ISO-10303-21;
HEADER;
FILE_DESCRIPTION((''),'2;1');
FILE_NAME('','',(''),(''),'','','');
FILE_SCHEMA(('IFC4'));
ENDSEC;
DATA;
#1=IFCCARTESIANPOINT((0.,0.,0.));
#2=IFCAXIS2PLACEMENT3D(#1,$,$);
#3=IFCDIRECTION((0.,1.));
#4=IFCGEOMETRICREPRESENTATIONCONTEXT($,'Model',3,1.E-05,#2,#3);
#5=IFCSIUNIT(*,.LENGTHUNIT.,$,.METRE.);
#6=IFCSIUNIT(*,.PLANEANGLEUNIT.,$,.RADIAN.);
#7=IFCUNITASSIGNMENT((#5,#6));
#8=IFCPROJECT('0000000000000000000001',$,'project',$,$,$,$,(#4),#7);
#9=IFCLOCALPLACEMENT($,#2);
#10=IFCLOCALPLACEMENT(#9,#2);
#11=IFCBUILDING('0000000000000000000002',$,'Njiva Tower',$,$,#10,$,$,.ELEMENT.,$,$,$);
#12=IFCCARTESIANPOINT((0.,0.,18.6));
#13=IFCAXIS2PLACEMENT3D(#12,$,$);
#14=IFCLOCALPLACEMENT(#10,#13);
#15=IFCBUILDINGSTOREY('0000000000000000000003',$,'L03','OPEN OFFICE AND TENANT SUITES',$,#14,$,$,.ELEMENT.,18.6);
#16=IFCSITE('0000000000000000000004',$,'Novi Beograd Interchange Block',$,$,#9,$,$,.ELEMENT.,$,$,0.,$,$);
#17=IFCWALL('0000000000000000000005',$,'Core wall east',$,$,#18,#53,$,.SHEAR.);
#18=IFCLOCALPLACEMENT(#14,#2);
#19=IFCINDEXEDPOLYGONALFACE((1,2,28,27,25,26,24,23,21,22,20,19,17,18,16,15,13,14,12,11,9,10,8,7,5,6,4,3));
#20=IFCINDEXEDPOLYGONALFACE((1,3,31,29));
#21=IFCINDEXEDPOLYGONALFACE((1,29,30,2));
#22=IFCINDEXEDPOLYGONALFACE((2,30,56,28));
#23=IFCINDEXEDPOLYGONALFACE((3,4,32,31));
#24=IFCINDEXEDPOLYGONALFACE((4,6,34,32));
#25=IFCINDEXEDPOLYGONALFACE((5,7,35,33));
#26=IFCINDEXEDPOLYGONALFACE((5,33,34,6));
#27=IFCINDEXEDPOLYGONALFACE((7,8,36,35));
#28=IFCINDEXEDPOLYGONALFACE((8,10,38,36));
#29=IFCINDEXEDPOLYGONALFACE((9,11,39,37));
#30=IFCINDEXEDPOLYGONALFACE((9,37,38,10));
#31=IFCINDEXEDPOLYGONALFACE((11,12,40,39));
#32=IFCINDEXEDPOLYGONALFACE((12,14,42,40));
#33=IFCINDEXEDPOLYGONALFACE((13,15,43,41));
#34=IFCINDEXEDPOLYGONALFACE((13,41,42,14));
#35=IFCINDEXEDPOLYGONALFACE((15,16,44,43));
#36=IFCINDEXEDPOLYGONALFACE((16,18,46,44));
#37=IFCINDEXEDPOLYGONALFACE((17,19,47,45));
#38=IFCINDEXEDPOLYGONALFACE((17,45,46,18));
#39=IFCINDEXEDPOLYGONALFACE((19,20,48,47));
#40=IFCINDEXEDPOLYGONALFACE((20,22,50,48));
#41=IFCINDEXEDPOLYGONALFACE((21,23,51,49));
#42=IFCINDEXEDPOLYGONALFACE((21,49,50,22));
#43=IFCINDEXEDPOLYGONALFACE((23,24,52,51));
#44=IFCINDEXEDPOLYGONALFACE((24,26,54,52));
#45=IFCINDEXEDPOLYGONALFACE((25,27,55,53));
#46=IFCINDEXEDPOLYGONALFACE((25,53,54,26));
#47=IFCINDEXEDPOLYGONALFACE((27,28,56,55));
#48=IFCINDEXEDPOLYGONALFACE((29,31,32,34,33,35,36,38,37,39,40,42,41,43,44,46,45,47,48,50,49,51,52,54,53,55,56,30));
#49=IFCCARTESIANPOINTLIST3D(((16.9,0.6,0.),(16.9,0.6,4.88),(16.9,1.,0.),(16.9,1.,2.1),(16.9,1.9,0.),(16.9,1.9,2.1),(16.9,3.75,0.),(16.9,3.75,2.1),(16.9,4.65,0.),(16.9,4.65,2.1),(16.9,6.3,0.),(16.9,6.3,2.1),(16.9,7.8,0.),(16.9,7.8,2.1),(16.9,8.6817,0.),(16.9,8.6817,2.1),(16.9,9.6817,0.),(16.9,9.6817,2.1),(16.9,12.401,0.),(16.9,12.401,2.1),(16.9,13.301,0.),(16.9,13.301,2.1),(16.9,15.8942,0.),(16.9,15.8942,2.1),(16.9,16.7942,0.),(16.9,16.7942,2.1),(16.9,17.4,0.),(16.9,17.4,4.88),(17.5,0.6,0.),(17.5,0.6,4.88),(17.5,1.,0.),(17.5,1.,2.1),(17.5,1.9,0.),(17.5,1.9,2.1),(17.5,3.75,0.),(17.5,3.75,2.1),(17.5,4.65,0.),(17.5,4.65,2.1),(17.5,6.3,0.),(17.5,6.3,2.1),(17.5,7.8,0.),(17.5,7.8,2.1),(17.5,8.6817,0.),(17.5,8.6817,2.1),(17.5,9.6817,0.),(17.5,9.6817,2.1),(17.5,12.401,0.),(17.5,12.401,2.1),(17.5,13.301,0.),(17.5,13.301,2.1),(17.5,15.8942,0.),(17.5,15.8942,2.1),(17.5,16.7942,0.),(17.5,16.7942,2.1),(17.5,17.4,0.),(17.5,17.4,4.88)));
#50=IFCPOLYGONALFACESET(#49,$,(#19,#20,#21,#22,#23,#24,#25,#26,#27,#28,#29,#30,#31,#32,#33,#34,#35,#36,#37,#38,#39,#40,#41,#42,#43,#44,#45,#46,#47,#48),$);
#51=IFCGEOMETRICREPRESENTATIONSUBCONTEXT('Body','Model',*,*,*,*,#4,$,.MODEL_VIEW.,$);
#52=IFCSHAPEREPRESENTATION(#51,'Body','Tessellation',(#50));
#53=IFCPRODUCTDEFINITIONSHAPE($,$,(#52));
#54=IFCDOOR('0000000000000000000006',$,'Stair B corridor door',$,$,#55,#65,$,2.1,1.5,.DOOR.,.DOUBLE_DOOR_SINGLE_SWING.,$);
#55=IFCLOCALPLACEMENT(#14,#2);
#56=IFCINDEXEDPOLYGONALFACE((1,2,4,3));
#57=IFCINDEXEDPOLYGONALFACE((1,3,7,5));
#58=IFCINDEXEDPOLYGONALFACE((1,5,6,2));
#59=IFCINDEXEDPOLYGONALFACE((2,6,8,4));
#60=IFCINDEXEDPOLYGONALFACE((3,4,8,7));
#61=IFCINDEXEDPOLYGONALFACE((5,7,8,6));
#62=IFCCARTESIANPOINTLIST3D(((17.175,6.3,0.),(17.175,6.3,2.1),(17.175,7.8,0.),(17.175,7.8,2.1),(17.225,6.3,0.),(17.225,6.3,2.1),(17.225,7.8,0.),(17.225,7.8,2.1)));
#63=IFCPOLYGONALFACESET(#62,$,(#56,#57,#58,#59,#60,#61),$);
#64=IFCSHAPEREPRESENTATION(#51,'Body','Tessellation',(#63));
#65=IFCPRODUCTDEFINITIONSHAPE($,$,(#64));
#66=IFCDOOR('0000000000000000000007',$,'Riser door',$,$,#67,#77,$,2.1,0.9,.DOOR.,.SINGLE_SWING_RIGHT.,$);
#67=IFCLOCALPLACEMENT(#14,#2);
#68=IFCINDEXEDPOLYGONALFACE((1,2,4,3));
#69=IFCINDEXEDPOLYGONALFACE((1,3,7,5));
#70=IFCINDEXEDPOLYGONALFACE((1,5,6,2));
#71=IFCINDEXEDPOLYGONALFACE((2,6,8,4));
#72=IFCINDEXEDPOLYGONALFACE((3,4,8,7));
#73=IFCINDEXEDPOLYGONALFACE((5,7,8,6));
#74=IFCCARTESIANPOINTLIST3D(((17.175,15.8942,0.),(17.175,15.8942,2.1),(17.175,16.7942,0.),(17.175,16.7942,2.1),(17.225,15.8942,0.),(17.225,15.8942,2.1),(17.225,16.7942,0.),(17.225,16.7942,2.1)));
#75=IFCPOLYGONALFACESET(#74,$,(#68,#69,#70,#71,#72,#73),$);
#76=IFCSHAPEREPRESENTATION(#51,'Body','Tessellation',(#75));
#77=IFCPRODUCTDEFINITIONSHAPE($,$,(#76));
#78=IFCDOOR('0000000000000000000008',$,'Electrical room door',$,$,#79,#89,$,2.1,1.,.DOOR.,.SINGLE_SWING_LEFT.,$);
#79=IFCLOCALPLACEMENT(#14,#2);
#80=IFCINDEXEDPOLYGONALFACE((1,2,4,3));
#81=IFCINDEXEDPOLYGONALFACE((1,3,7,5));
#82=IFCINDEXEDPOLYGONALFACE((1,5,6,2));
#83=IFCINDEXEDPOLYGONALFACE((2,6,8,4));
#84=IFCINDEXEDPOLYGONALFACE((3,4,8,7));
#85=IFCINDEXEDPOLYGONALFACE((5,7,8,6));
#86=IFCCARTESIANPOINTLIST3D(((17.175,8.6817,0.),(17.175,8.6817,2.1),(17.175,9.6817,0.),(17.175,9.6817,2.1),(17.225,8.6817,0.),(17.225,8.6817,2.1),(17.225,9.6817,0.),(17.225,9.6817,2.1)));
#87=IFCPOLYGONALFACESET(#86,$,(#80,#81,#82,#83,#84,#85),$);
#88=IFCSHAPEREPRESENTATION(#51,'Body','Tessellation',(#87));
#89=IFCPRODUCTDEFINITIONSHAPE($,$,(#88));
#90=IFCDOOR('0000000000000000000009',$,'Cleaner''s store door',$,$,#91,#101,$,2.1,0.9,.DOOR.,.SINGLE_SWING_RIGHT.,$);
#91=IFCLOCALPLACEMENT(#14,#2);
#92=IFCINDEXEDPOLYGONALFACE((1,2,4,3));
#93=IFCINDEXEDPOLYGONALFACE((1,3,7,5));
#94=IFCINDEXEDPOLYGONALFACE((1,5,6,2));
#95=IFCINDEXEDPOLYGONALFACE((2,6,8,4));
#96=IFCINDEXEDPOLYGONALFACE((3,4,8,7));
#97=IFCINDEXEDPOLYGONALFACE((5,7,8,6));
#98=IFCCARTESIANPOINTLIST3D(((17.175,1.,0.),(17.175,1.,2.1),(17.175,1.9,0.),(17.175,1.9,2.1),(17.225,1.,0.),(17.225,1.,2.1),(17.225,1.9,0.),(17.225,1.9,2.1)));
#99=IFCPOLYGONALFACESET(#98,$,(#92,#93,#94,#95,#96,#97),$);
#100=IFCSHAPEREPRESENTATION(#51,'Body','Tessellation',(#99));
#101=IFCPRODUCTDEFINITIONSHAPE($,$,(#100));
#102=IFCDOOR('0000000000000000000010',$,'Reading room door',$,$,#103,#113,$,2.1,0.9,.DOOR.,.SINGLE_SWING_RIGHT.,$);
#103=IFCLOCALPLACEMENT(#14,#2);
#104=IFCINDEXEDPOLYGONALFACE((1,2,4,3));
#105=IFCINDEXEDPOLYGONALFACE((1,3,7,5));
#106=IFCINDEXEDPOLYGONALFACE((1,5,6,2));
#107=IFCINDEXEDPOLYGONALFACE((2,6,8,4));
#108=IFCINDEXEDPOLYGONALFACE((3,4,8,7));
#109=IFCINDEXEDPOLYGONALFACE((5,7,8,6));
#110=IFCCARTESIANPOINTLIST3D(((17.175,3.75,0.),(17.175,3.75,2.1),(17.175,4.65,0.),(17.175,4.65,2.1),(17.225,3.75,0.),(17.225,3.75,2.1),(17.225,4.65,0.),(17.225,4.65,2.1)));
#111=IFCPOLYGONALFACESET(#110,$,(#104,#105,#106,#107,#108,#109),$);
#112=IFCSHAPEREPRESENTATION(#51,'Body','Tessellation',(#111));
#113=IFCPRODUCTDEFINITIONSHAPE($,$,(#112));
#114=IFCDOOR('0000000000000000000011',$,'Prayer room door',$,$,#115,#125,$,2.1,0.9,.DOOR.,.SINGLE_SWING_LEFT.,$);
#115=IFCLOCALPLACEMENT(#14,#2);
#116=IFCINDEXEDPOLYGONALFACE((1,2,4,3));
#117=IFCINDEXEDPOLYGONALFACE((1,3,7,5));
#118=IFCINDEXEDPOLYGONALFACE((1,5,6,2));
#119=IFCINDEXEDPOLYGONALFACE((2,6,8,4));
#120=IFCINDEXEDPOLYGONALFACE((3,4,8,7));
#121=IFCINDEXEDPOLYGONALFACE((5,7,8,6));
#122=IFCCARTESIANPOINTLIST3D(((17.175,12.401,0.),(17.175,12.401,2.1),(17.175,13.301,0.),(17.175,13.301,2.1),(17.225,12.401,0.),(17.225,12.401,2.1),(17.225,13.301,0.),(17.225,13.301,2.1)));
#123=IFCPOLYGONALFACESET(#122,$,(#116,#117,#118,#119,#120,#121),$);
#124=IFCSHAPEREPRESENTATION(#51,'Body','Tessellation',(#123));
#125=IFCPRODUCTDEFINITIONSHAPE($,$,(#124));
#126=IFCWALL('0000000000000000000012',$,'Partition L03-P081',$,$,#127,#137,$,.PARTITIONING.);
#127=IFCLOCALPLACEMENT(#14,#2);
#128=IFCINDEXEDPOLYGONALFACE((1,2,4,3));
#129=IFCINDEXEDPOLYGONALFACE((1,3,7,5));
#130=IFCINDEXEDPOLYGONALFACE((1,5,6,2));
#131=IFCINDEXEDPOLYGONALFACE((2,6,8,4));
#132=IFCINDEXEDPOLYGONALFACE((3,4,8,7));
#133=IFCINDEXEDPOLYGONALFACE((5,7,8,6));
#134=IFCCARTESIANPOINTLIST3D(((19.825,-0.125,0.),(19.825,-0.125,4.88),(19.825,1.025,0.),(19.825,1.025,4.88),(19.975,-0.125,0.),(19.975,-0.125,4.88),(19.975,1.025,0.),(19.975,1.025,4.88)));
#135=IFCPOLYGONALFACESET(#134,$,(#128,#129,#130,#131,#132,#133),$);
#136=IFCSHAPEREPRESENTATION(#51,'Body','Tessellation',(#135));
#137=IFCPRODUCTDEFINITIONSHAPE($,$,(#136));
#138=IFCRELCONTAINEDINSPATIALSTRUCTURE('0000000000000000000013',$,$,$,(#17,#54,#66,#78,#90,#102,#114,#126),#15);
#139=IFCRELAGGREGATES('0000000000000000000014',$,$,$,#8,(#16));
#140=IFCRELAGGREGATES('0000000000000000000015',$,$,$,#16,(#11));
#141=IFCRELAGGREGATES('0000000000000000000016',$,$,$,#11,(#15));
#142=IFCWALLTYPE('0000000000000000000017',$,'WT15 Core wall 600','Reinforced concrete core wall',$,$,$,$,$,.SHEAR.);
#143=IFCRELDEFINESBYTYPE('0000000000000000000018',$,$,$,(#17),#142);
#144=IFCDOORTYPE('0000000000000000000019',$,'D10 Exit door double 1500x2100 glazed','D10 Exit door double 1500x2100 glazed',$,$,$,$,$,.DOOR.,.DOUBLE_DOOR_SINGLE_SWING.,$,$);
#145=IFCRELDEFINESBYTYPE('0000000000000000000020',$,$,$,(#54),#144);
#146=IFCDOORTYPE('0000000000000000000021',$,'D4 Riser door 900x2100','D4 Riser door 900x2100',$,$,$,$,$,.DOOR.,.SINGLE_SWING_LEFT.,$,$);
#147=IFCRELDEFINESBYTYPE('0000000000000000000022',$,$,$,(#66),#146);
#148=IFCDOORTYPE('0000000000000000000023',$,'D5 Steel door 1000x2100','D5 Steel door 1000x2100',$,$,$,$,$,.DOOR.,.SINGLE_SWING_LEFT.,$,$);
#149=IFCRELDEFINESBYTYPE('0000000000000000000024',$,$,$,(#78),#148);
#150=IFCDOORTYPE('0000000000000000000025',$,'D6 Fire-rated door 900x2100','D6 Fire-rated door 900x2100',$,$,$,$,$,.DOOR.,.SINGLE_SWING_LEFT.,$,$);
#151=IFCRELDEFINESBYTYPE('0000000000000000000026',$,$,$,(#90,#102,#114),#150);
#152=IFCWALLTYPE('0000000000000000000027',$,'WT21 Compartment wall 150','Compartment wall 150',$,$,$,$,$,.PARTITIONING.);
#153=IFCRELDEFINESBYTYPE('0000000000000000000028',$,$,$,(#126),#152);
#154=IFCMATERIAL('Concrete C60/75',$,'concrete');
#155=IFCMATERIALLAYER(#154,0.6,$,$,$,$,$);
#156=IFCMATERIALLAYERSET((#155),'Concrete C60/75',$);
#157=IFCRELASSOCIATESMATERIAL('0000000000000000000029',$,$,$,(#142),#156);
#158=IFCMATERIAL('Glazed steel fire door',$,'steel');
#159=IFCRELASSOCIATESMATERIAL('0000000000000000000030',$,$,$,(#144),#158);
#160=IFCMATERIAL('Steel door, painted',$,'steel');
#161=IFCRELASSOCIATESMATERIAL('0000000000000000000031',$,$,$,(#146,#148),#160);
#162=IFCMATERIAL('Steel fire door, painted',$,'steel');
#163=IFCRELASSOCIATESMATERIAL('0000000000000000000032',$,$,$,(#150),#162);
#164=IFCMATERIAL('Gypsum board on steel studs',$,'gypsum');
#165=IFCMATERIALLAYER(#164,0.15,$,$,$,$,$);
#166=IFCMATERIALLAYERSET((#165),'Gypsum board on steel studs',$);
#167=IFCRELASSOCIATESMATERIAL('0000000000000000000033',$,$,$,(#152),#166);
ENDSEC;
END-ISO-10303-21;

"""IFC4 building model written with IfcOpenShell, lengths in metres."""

from ifc_helpers import new_model, si_unit, direction, frame, frame_2d, origin, place, context, subcontext, project, spatial, rectangle, extrude, material, layer, layer_set, type_object, element, fill, save


model = new_model("IFC4")

# Units and contexts
model_context = context("Model", 3, precision=1e-05, world=origin(), true_north=direction((0.0, 1.0)))
body_context = subcontext(model_context, "Body", "Model", "MODEL_VIEW")
ifc_project = project(units=[si_unit("LENGTHUNIT", "METRE"), si_unit("PLANEANGLEUNIT", "RADIAN")], contexts=[model_context])

# Site, building, storey
site_placement = place(None, origin())
site = spatial("IfcSite", under=ifc_project, at=site_placement, Name="Novi Beograd Interchange Block", CompositionType="ELEMENT", RefElevation=0.0)
building_placement = place(site_placement, origin())
building = spatial("IfcBuilding", under=site, at=building_placement, Name="Njiva Tower", CompositionType="ELEMENT")
storey_placement = place(building_placement, frame((0.0, 0.0, 18.6)))
storey = spatial("IfcBuildingStorey", under=building, at=storey_placement, Name="L03", Description="OPEN OFFICE AND TENANT SUITES", CompositionType="ELEMENT", Elevation=18.6)

# Wall, openings, doors
ifc_material_1 = material(Name="Concrete C60/75", Category="concrete")
ifc_layer_1 = layer(ifc_material_1, 0.6)
ifc_layer_set_1 = layer_set([ifc_layer_1], Name="Concrete C60/75")
wall_type_1 = type_object("IfcWallType", Name="WT15 Core wall 600", Description="Reinforced concrete core wall", PredefinedType="SHEAR", material=ifc_layer_set_1)
wall_1_placement = place(storey_placement, frame((17.2, 0.6, 0.0), z_axis=(0.0, 0.0, 1.0), x_axis=(0.0, 1.0, 0.0)))
wall_1 = element("IfcWall", 1, at=wall_1_placement, inside=storey, type_object=wall_type_1, Name="Core wall east", PredefinedType="SHEAR", context=body_context, shape_type="SweptSolid", body=[
    extrude(rectangle(XDim=16.8, YDim=0.6, at=frame_2d((8.4, 0.0))), origin(), (0.0, 0.0, 1.0), 4.88),
])
opening_1_placement = place(wall_1_placement, frame((5.7, 0.0, 0.0)))
opening_1 = element("IfcOpeningElement", 2, at=opening_1_placement, cuts=wall_1, PredefinedType="OPENING", context=body_context, shape_type="SweptSolid", body=[
    extrude(rectangle(XDim=1.5, YDim=2.1, at=frame_2d((0.75, 1.05))), frame((0.0, 0.31, 0.0), z_axis=(0.0, -1.0, 0.0), x_axis=(1.0, 0.0, 0.0)), (0.0, 0.0, 1.0), 0.62),
])
opening_2_placement = place(wall_1_placement, frame((0.4, 0.0, 0.0)))
opening_2 = element("IfcOpeningElement", 3, at=opening_2_placement, cuts=wall_1, PredefinedType="OPENING", context=body_context, shape_type="SweptSolid", body=[
    extrude(rectangle(XDim=0.9, YDim=2.1, at=frame_2d((0.45, 1.05))), frame((0.0, 0.31, 0.0), z_axis=(0.0, -1.0, 0.0), x_axis=(1.0, 0.0, 0.0)), (0.0, 0.0, 1.0), 0.62),
])
opening_3_placement = place(wall_1_placement, frame((3.15, 0.0, 0.0)))
opening_3 = element("IfcOpeningElement", 4, at=opening_3_placement, cuts=wall_1, PredefinedType="OPENING", context=body_context, shape_type="SweptSolid", body=[
    extrude(rectangle(XDim=0.9, YDim=2.1, at=frame_2d((0.45, 1.05))), frame((0.0, 0.31, 0.0), z_axis=(0.0, -1.0, 0.0), x_axis=(1.0, 0.0, 0.0)), (0.0, 0.0, 1.0), 0.62),
])
opening_4_placement = place(wall_1_placement, frame((8.0817, 0.0, 0.0)))
opening_4 = element("IfcOpeningElement", 5, at=opening_4_placement, cuts=wall_1, PredefinedType="OPENING", context=body_context, shape_type="SweptSolid", body=[
    extrude(rectangle(XDim=1.0, YDim=2.1, at=frame_2d((0.5, 1.05))), frame((0.0, 0.31, 0.0), z_axis=(0.0, -1.0, 0.0), x_axis=(1.0, 0.0, 0.0)), (0.0, 0.0, 1.0), 0.62),
])
opening_5_placement = place(wall_1_placement, frame((11.801, 0.0, 0.0)))
opening_5 = element("IfcOpeningElement", 6, at=opening_5_placement, cuts=wall_1, PredefinedType="OPENING", context=body_context, shape_type="SweptSolid", body=[
    extrude(rectangle(XDim=0.9, YDim=2.1, at=frame_2d((0.45, 1.05))), frame((0.0, 0.31, 0.0), z_axis=(0.0, -1.0, 0.0), x_axis=(1.0, 0.0, 0.0)), (0.0, 0.0, 1.0), 0.62),
])
opening_6_placement = place(wall_1_placement, frame((15.2942, 0.0, 0.0)))
opening_6 = element("IfcOpeningElement", 7, at=opening_6_placement, cuts=wall_1, PredefinedType="OPENING", context=body_context, shape_type="SweptSolid", body=[
    extrude(rectangle(XDim=0.9, YDim=2.1, at=frame_2d((0.45, 1.05))), frame((0.0, 0.31, 0.0), z_axis=(0.0, -1.0, 0.0), x_axis=(1.0, 0.0, 0.0)), (0.0, 0.0, 1.0), 0.62),
])
ifc_material_2 = material(Name="Glazed steel fire door", Category="steel")
door_type_1 = type_object("IfcDoorType", Name="D10 Exit door double 1500x2100 glazed", Description="D10 Exit door double 1500x2100 glazed", OperationType="DOUBLE_DOOR_SINGLE_SWING", PredefinedType="DOOR", material=ifc_material_2)
door_1_placement = place(opening_1_placement, origin())
door_1 = element("IfcDoor", 8, at=door_1_placement, inside=storey, type_object=door_type_1, Name="Stair B corridor door", OperationType="DOUBLE_DOOR_SINGLE_SWING", OverallHeight=2.1, OverallWidth=1.5, PredefinedType="DOOR", context=body_context, shape_type="SweptSolid", body=[
    extrude(rectangle(XDim=1.5, YDim=2.1, at=frame_2d((0.75, 1.05))), frame((0.0, 0.025, 0.0), z_axis=(0.0, -1.0, 0.0), x_axis=(1.0, 0.0, 0.0)), (0.0, 0.0, 1.0), 0.05),
])
fill(opening_1, door_1)
ifc_material_3 = material(Name="Steel door, painted", Category="steel")
door_type_2 = type_object("IfcDoorType", Name="D4 Riser door 900x2100", Description="D4 Riser door 900x2100", OperationType="SINGLE_SWING_LEFT", PredefinedType="DOOR", material=ifc_material_3)
door_2_placement = place(opening_6_placement, origin())
door_2 = element("IfcDoor", 9, at=door_2_placement, inside=storey, type_object=door_type_2, Name="Riser door", OperationType="SINGLE_SWING_RIGHT", OverallHeight=2.1, OverallWidth=0.9, PredefinedType="DOOR", context=body_context, shape_type="SweptSolid", body=[
    extrude(rectangle(XDim=0.9, YDim=2.1, at=frame_2d((0.45, 1.05))), frame((0.0, 0.025, 0.0), z_axis=(0.0, -1.0, 0.0), x_axis=(1.0, 0.0, 0.0)), (0.0, 0.0, 1.0), 0.05),
])
fill(opening_6, door_2)
door_type_3 = type_object("IfcDoorType", Name="D5 Steel door 1000x2100", Description="D5 Steel door 1000x2100", OperationType="SINGLE_SWING_LEFT", PredefinedType="DOOR", material=ifc_material_3)
door_3_placement = place(opening_4_placement, origin())
door_3 = element("IfcDoor", 10, at=door_3_placement, inside=storey, type_object=door_type_3, Name="Electrical room door", OperationType="SINGLE_SWING_LEFT", OverallHeight=2.1, OverallWidth=1.0, PredefinedType="DOOR", context=body_context, shape_type="SweptSolid", body=[
    extrude(rectangle(XDim=1.0, YDim=2.1, at=frame_2d((0.5, 1.05))), frame((0.0, 0.025, 0.0), z_axis=(0.0, -1.0, 0.0), x_axis=(1.0, 0.0, 0.0)), (0.0, 0.0, 1.0), 0.05),
])
fill(opening_4, door_3)
ifc_material_4 = material(Name="Steel fire door, painted", Category="steel")
door_type_4 = type_object("IfcDoorType", Name="D6 Fire-rated door 900x2100", Description="D6 Fire-rated door 900x2100", OperationType="SINGLE_SWING_LEFT", PredefinedType="DOOR", material=ifc_material_4)
door_4_placement = place(opening_2_placement, origin())
door_4 = element("IfcDoor", 11, at=door_4_placement, inside=storey, type_object=door_type_4, Name="Cleaner's store door", OperationType="SINGLE_SWING_RIGHT", OverallHeight=2.1, OverallWidth=0.9, PredefinedType="DOOR", context=body_context, shape_type="SweptSolid", body=[
    extrude(rectangle(XDim=0.9, YDim=2.1, at=frame_2d((0.45, 1.05))), frame((0.0, 0.025, 0.0), z_axis=(0.0, -1.0, 0.0), x_axis=(1.0, 0.0, 0.0)), (0.0, 0.0, 1.0), 0.05),
])
fill(opening_2, door_4)
door_5_placement = place(opening_3_placement, origin())
door_5 = element("IfcDoor", 12, at=door_5_placement, inside=storey, type_object=door_type_4, Name="Reading room door", OperationType="SINGLE_SWING_RIGHT", OverallHeight=2.1, OverallWidth=0.9, PredefinedType="DOOR", context=body_context, shape_type="SweptSolid", body=[
    extrude(rectangle(XDim=0.9, YDim=2.1, at=frame_2d((0.45, 1.05))), frame((0.0, 0.025, 0.0), z_axis=(0.0, -1.0, 0.0), x_axis=(1.0, 0.0, 0.0)), (0.0, 0.0, 1.0), 0.05),
])
fill(opening_3, door_5)
door_6_placement = place(opening_5_placement, origin())
door_6 = element("IfcDoor", 13, at=door_6_placement, inside=storey, type_object=door_type_4, Name="Prayer room door", OperationType="SINGLE_SWING_LEFT", OverallHeight=2.1, OverallWidth=0.9, PredefinedType="DOOR", context=body_context, shape_type="SweptSolid", body=[
    extrude(rectangle(XDim=0.9, YDim=2.1, at=frame_2d((0.45, 1.05))), frame((0.0, 0.025, 0.0), z_axis=(0.0, -1.0, 0.0), x_axis=(1.0, 0.0, 0.0)), (0.0, 0.0, 1.0), 0.05),
])
fill(opening_5, door_6)

# Wall
ifc_material_5 = material(Name="Gypsum board on steel studs", Category="gypsum")
ifc_layer_2 = layer(ifc_material_5, 0.15)
ifc_layer_set_2 = layer_set([ifc_layer_2], Name="Gypsum board on steel studs")
wall_type_2 = type_object("IfcWallType", Name="WT21 Compartment wall 150", Description="Compartment wall 150", PredefinedType="PARTITIONING", material=ifc_layer_set_2)
wall_2_placement = place(storey_placement, frame((19.9, -0.125, 0.0), z_axis=(0.0, 0.0, 1.0), x_axis=(0.0, 1.0, 0.0)))
element("IfcWall", 14, at=wall_2_placement, inside=storey, type_object=wall_type_2, Name="Partition L03-P081", PredefinedType="PARTITIONING", context=body_context, shape_type="SweptSolid", body=[
    extrude(rectangle(XDim=1.15, YDim=0.15, at=frame_2d((0.575, 0.0))), origin(), (0.0, 0.0, 1.0), 4.88),
])

save(model, "model.ifc")
